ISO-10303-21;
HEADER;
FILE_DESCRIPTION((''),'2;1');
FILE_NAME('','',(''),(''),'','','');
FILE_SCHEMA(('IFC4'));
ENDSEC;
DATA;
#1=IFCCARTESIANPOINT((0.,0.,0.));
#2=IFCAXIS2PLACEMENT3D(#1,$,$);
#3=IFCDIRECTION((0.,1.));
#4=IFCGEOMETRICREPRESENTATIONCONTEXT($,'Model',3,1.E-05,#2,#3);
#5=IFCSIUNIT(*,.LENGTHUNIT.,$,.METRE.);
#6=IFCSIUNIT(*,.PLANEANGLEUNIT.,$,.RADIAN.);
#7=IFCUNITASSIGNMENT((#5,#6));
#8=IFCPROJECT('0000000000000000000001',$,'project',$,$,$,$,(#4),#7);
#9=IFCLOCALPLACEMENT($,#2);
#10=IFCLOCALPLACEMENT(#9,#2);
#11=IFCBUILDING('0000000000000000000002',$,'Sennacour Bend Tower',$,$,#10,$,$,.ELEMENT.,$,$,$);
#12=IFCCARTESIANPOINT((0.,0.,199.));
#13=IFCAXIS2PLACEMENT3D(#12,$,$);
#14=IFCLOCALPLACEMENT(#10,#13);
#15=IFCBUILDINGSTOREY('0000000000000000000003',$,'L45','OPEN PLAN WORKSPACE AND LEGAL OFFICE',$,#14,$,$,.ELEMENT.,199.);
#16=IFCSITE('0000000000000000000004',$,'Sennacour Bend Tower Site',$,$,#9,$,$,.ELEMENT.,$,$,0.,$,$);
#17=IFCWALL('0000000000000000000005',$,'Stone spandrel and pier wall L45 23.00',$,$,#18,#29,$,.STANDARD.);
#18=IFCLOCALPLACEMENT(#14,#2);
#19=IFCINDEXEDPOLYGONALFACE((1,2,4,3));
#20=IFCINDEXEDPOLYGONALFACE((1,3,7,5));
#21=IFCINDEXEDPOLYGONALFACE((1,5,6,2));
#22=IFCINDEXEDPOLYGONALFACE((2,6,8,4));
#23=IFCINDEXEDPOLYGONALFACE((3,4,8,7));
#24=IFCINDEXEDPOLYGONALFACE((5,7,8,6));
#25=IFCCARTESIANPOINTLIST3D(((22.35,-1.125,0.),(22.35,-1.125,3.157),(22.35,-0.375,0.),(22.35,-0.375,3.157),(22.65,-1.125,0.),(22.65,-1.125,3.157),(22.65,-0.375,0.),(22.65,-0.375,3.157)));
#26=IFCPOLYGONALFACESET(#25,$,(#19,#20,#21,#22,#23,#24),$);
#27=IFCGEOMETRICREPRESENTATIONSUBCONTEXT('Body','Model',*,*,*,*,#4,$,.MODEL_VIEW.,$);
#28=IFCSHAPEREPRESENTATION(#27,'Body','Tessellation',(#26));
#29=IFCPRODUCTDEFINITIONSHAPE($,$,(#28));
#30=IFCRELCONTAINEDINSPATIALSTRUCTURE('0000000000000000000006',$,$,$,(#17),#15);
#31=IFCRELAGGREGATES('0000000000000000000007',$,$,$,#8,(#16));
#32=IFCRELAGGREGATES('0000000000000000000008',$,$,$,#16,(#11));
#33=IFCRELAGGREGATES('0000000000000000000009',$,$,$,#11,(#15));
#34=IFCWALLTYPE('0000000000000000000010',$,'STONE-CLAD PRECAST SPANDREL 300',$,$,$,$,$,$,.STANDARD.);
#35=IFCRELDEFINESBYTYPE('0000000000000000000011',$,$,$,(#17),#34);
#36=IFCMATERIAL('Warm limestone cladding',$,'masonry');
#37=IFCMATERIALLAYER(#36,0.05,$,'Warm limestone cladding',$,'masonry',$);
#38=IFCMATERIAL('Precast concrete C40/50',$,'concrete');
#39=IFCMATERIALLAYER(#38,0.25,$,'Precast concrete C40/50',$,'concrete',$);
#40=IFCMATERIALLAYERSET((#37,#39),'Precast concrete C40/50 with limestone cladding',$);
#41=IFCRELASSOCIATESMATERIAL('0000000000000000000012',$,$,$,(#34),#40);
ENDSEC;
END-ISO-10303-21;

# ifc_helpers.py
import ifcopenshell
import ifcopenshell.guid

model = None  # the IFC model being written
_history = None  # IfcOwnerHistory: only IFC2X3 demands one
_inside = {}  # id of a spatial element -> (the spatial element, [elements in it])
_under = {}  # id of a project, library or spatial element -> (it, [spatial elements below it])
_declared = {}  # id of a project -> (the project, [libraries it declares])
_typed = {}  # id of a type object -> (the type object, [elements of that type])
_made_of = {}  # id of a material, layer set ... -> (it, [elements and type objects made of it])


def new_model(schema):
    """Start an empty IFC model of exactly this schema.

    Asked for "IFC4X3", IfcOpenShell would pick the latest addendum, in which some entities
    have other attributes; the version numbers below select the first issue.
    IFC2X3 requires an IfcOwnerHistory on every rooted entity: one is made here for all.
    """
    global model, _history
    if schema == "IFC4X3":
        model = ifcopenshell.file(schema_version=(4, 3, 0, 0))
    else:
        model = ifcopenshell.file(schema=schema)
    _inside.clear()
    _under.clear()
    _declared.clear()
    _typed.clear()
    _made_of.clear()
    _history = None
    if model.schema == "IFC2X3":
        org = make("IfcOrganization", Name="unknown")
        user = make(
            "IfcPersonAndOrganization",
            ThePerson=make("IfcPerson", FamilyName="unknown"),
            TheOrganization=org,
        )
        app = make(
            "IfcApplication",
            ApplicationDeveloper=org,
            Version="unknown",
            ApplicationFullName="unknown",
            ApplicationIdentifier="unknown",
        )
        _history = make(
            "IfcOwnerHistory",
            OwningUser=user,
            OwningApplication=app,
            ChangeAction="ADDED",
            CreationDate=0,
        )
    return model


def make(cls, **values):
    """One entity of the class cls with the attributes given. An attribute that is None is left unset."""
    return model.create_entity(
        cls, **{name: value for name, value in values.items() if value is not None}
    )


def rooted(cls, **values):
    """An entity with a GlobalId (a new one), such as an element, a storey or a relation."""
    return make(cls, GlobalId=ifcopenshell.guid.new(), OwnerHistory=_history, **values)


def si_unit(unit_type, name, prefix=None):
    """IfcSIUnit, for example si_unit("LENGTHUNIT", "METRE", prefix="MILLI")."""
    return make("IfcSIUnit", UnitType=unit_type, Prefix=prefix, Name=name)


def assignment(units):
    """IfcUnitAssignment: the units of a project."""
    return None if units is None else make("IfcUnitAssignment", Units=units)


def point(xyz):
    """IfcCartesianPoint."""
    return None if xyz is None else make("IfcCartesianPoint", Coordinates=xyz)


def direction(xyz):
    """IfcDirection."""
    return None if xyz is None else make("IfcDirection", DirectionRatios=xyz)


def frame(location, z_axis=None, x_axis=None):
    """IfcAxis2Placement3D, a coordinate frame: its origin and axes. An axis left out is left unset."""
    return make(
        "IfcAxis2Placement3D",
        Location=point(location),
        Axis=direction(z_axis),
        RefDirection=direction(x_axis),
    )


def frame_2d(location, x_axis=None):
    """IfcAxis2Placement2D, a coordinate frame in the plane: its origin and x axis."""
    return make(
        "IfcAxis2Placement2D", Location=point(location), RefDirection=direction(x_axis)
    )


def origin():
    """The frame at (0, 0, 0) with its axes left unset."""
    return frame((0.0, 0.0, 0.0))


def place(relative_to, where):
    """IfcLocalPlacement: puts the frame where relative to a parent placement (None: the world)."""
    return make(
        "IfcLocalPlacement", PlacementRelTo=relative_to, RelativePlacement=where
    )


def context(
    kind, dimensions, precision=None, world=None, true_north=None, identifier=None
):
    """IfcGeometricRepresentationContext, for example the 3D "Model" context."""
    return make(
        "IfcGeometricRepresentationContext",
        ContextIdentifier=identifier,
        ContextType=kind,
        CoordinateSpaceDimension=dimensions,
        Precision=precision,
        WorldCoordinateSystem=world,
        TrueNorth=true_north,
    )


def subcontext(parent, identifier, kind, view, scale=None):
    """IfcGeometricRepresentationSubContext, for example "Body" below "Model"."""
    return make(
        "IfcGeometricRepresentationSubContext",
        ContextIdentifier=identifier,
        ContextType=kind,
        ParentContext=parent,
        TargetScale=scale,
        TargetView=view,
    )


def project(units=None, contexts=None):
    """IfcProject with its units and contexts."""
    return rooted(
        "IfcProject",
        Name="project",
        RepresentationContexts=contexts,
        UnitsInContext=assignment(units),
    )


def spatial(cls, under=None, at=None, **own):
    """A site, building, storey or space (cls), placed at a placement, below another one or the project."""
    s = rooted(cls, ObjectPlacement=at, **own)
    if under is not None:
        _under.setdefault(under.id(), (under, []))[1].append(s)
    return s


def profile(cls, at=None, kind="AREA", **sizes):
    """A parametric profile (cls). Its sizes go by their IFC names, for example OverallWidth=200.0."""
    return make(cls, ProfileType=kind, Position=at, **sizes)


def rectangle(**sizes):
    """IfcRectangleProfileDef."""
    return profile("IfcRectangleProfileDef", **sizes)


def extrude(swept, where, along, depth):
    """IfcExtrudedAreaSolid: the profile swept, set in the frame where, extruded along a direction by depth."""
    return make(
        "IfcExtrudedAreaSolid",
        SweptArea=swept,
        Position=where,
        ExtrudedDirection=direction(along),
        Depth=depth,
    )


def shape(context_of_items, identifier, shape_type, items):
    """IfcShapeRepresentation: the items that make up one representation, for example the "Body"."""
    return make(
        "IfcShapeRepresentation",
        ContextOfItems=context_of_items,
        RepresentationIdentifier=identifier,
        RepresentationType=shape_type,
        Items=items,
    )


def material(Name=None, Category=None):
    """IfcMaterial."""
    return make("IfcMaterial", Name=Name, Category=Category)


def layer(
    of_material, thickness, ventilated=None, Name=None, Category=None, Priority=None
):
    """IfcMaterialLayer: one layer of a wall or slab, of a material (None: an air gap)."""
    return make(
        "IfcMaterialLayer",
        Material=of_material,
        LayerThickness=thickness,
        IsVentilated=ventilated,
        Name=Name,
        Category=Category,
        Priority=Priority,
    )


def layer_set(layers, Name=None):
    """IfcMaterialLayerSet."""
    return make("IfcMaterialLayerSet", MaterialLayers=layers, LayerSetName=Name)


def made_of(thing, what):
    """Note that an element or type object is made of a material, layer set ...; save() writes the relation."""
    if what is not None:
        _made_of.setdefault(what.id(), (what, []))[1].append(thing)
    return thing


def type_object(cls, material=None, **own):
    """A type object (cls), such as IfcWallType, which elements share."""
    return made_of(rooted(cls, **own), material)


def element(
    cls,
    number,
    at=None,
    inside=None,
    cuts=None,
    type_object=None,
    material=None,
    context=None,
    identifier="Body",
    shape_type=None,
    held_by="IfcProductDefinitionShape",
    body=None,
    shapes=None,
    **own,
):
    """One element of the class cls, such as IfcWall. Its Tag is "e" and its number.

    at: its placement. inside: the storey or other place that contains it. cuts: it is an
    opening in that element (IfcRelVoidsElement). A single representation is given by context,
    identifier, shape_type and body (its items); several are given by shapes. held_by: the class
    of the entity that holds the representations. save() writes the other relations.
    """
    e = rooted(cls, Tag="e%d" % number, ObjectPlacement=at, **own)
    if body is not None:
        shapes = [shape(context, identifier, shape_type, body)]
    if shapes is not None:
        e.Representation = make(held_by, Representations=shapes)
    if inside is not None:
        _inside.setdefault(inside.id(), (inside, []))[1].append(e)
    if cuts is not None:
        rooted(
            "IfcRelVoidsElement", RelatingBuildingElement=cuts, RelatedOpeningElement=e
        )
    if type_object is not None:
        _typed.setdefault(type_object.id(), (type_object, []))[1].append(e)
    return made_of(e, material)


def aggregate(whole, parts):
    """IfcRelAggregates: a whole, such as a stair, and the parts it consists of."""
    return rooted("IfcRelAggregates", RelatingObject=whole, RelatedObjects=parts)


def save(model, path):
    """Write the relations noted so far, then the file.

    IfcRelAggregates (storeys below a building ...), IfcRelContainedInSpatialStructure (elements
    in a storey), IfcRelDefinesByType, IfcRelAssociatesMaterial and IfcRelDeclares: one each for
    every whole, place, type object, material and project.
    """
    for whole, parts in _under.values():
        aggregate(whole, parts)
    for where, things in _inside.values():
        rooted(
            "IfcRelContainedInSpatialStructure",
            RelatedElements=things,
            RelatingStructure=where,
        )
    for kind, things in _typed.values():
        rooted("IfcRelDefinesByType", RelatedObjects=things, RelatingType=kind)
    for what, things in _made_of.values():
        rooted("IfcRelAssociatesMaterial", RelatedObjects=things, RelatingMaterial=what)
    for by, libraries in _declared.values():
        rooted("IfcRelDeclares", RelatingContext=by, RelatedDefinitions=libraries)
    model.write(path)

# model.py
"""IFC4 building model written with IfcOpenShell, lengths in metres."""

from ifc_helpers import new_model, si_unit, direction, frame, frame_2d, origin, place, context, subcontext, project, spatial, rectangle, extrude, material, layer, layer_set, type_object, element, save


model = new_model("IFC4")

# Units and contexts
model_context = context("Model", 3, precision=1e-05, world=origin(), true_north=direction((0.0, 1.0)))
body_context = subcontext(model_context, "Body", "Model", "MODEL_VIEW")
ifc_project = project(units=[si_unit("LENGTHUNIT", "METRE"), si_unit("PLANEANGLEUNIT", "RADIAN")], contexts=[model_context])

# Site, building, storey
site_placement = place(None, origin())
site = spatial("IfcSite", under=ifc_project, at=site_placement, Name="Sennacour Bend Tower Site", CompositionType="ELEMENT", RefElevation=0.0)
building_placement = place(site_placement, origin())
building = spatial("IfcBuilding", under=site, at=building_placement, Name="Sennacour Bend Tower", CompositionType="ELEMENT")
storey_placement = place(building_placement, frame((0.0, 0.0, 199.0)))
storey = spatial("IfcBuildingStorey", under=building, at=storey_placement, Name="L45", Description="OPEN PLAN WORKSPACE AND LEGAL OFFICE", CompositionType="ELEMENT", Elevation=199.0)

# Shared definitions
ifc_material_1 = material(Name="Warm limestone cladding", Category="masonry")
ifc_layer_1 = layer(ifc_material_1, 0.05, Name="Warm limestone cladding", Category="masonry")
ifc_material_2 = material(Name="Precast concrete C40/50", Category="concrete")
ifc_layer_2 = layer(ifc_material_2, 0.25, Name="Precast concrete C40/50", Category="concrete")
ifc_layer_set_1 = layer_set([ifc_layer_1, ifc_layer_2], Name="Precast concrete C40/50 with limestone cladding")
wall_type_1 = type_object("IfcWallType", Name="STONE-CLAD PRECAST SPANDREL 300", PredefinedType="STANDARD", material=ifc_layer_set_1)

# Wall
wall_1_placement = place(storey_placement, frame((22.5, -0.375, 0.0), z_axis=(0.0, 0.0, 1.0), x_axis=(0.0, -1.0, 0.0)))
element("IfcWall", 1, at=wall_1_placement, inside=storey, type_object=wall_type_1, Name="Stone spandrel and pier wall L45 23.00", PredefinedType="STANDARD", context=body_context, shape_type="SweptSolid", body=[
    extrude(rectangle(XDim=0.75, YDim=0.3, at=frame_2d((0.375, 0.0))), origin(), (0.0, 0.0, 1.0), 3.157),
])

save(model, "model.ifc")
